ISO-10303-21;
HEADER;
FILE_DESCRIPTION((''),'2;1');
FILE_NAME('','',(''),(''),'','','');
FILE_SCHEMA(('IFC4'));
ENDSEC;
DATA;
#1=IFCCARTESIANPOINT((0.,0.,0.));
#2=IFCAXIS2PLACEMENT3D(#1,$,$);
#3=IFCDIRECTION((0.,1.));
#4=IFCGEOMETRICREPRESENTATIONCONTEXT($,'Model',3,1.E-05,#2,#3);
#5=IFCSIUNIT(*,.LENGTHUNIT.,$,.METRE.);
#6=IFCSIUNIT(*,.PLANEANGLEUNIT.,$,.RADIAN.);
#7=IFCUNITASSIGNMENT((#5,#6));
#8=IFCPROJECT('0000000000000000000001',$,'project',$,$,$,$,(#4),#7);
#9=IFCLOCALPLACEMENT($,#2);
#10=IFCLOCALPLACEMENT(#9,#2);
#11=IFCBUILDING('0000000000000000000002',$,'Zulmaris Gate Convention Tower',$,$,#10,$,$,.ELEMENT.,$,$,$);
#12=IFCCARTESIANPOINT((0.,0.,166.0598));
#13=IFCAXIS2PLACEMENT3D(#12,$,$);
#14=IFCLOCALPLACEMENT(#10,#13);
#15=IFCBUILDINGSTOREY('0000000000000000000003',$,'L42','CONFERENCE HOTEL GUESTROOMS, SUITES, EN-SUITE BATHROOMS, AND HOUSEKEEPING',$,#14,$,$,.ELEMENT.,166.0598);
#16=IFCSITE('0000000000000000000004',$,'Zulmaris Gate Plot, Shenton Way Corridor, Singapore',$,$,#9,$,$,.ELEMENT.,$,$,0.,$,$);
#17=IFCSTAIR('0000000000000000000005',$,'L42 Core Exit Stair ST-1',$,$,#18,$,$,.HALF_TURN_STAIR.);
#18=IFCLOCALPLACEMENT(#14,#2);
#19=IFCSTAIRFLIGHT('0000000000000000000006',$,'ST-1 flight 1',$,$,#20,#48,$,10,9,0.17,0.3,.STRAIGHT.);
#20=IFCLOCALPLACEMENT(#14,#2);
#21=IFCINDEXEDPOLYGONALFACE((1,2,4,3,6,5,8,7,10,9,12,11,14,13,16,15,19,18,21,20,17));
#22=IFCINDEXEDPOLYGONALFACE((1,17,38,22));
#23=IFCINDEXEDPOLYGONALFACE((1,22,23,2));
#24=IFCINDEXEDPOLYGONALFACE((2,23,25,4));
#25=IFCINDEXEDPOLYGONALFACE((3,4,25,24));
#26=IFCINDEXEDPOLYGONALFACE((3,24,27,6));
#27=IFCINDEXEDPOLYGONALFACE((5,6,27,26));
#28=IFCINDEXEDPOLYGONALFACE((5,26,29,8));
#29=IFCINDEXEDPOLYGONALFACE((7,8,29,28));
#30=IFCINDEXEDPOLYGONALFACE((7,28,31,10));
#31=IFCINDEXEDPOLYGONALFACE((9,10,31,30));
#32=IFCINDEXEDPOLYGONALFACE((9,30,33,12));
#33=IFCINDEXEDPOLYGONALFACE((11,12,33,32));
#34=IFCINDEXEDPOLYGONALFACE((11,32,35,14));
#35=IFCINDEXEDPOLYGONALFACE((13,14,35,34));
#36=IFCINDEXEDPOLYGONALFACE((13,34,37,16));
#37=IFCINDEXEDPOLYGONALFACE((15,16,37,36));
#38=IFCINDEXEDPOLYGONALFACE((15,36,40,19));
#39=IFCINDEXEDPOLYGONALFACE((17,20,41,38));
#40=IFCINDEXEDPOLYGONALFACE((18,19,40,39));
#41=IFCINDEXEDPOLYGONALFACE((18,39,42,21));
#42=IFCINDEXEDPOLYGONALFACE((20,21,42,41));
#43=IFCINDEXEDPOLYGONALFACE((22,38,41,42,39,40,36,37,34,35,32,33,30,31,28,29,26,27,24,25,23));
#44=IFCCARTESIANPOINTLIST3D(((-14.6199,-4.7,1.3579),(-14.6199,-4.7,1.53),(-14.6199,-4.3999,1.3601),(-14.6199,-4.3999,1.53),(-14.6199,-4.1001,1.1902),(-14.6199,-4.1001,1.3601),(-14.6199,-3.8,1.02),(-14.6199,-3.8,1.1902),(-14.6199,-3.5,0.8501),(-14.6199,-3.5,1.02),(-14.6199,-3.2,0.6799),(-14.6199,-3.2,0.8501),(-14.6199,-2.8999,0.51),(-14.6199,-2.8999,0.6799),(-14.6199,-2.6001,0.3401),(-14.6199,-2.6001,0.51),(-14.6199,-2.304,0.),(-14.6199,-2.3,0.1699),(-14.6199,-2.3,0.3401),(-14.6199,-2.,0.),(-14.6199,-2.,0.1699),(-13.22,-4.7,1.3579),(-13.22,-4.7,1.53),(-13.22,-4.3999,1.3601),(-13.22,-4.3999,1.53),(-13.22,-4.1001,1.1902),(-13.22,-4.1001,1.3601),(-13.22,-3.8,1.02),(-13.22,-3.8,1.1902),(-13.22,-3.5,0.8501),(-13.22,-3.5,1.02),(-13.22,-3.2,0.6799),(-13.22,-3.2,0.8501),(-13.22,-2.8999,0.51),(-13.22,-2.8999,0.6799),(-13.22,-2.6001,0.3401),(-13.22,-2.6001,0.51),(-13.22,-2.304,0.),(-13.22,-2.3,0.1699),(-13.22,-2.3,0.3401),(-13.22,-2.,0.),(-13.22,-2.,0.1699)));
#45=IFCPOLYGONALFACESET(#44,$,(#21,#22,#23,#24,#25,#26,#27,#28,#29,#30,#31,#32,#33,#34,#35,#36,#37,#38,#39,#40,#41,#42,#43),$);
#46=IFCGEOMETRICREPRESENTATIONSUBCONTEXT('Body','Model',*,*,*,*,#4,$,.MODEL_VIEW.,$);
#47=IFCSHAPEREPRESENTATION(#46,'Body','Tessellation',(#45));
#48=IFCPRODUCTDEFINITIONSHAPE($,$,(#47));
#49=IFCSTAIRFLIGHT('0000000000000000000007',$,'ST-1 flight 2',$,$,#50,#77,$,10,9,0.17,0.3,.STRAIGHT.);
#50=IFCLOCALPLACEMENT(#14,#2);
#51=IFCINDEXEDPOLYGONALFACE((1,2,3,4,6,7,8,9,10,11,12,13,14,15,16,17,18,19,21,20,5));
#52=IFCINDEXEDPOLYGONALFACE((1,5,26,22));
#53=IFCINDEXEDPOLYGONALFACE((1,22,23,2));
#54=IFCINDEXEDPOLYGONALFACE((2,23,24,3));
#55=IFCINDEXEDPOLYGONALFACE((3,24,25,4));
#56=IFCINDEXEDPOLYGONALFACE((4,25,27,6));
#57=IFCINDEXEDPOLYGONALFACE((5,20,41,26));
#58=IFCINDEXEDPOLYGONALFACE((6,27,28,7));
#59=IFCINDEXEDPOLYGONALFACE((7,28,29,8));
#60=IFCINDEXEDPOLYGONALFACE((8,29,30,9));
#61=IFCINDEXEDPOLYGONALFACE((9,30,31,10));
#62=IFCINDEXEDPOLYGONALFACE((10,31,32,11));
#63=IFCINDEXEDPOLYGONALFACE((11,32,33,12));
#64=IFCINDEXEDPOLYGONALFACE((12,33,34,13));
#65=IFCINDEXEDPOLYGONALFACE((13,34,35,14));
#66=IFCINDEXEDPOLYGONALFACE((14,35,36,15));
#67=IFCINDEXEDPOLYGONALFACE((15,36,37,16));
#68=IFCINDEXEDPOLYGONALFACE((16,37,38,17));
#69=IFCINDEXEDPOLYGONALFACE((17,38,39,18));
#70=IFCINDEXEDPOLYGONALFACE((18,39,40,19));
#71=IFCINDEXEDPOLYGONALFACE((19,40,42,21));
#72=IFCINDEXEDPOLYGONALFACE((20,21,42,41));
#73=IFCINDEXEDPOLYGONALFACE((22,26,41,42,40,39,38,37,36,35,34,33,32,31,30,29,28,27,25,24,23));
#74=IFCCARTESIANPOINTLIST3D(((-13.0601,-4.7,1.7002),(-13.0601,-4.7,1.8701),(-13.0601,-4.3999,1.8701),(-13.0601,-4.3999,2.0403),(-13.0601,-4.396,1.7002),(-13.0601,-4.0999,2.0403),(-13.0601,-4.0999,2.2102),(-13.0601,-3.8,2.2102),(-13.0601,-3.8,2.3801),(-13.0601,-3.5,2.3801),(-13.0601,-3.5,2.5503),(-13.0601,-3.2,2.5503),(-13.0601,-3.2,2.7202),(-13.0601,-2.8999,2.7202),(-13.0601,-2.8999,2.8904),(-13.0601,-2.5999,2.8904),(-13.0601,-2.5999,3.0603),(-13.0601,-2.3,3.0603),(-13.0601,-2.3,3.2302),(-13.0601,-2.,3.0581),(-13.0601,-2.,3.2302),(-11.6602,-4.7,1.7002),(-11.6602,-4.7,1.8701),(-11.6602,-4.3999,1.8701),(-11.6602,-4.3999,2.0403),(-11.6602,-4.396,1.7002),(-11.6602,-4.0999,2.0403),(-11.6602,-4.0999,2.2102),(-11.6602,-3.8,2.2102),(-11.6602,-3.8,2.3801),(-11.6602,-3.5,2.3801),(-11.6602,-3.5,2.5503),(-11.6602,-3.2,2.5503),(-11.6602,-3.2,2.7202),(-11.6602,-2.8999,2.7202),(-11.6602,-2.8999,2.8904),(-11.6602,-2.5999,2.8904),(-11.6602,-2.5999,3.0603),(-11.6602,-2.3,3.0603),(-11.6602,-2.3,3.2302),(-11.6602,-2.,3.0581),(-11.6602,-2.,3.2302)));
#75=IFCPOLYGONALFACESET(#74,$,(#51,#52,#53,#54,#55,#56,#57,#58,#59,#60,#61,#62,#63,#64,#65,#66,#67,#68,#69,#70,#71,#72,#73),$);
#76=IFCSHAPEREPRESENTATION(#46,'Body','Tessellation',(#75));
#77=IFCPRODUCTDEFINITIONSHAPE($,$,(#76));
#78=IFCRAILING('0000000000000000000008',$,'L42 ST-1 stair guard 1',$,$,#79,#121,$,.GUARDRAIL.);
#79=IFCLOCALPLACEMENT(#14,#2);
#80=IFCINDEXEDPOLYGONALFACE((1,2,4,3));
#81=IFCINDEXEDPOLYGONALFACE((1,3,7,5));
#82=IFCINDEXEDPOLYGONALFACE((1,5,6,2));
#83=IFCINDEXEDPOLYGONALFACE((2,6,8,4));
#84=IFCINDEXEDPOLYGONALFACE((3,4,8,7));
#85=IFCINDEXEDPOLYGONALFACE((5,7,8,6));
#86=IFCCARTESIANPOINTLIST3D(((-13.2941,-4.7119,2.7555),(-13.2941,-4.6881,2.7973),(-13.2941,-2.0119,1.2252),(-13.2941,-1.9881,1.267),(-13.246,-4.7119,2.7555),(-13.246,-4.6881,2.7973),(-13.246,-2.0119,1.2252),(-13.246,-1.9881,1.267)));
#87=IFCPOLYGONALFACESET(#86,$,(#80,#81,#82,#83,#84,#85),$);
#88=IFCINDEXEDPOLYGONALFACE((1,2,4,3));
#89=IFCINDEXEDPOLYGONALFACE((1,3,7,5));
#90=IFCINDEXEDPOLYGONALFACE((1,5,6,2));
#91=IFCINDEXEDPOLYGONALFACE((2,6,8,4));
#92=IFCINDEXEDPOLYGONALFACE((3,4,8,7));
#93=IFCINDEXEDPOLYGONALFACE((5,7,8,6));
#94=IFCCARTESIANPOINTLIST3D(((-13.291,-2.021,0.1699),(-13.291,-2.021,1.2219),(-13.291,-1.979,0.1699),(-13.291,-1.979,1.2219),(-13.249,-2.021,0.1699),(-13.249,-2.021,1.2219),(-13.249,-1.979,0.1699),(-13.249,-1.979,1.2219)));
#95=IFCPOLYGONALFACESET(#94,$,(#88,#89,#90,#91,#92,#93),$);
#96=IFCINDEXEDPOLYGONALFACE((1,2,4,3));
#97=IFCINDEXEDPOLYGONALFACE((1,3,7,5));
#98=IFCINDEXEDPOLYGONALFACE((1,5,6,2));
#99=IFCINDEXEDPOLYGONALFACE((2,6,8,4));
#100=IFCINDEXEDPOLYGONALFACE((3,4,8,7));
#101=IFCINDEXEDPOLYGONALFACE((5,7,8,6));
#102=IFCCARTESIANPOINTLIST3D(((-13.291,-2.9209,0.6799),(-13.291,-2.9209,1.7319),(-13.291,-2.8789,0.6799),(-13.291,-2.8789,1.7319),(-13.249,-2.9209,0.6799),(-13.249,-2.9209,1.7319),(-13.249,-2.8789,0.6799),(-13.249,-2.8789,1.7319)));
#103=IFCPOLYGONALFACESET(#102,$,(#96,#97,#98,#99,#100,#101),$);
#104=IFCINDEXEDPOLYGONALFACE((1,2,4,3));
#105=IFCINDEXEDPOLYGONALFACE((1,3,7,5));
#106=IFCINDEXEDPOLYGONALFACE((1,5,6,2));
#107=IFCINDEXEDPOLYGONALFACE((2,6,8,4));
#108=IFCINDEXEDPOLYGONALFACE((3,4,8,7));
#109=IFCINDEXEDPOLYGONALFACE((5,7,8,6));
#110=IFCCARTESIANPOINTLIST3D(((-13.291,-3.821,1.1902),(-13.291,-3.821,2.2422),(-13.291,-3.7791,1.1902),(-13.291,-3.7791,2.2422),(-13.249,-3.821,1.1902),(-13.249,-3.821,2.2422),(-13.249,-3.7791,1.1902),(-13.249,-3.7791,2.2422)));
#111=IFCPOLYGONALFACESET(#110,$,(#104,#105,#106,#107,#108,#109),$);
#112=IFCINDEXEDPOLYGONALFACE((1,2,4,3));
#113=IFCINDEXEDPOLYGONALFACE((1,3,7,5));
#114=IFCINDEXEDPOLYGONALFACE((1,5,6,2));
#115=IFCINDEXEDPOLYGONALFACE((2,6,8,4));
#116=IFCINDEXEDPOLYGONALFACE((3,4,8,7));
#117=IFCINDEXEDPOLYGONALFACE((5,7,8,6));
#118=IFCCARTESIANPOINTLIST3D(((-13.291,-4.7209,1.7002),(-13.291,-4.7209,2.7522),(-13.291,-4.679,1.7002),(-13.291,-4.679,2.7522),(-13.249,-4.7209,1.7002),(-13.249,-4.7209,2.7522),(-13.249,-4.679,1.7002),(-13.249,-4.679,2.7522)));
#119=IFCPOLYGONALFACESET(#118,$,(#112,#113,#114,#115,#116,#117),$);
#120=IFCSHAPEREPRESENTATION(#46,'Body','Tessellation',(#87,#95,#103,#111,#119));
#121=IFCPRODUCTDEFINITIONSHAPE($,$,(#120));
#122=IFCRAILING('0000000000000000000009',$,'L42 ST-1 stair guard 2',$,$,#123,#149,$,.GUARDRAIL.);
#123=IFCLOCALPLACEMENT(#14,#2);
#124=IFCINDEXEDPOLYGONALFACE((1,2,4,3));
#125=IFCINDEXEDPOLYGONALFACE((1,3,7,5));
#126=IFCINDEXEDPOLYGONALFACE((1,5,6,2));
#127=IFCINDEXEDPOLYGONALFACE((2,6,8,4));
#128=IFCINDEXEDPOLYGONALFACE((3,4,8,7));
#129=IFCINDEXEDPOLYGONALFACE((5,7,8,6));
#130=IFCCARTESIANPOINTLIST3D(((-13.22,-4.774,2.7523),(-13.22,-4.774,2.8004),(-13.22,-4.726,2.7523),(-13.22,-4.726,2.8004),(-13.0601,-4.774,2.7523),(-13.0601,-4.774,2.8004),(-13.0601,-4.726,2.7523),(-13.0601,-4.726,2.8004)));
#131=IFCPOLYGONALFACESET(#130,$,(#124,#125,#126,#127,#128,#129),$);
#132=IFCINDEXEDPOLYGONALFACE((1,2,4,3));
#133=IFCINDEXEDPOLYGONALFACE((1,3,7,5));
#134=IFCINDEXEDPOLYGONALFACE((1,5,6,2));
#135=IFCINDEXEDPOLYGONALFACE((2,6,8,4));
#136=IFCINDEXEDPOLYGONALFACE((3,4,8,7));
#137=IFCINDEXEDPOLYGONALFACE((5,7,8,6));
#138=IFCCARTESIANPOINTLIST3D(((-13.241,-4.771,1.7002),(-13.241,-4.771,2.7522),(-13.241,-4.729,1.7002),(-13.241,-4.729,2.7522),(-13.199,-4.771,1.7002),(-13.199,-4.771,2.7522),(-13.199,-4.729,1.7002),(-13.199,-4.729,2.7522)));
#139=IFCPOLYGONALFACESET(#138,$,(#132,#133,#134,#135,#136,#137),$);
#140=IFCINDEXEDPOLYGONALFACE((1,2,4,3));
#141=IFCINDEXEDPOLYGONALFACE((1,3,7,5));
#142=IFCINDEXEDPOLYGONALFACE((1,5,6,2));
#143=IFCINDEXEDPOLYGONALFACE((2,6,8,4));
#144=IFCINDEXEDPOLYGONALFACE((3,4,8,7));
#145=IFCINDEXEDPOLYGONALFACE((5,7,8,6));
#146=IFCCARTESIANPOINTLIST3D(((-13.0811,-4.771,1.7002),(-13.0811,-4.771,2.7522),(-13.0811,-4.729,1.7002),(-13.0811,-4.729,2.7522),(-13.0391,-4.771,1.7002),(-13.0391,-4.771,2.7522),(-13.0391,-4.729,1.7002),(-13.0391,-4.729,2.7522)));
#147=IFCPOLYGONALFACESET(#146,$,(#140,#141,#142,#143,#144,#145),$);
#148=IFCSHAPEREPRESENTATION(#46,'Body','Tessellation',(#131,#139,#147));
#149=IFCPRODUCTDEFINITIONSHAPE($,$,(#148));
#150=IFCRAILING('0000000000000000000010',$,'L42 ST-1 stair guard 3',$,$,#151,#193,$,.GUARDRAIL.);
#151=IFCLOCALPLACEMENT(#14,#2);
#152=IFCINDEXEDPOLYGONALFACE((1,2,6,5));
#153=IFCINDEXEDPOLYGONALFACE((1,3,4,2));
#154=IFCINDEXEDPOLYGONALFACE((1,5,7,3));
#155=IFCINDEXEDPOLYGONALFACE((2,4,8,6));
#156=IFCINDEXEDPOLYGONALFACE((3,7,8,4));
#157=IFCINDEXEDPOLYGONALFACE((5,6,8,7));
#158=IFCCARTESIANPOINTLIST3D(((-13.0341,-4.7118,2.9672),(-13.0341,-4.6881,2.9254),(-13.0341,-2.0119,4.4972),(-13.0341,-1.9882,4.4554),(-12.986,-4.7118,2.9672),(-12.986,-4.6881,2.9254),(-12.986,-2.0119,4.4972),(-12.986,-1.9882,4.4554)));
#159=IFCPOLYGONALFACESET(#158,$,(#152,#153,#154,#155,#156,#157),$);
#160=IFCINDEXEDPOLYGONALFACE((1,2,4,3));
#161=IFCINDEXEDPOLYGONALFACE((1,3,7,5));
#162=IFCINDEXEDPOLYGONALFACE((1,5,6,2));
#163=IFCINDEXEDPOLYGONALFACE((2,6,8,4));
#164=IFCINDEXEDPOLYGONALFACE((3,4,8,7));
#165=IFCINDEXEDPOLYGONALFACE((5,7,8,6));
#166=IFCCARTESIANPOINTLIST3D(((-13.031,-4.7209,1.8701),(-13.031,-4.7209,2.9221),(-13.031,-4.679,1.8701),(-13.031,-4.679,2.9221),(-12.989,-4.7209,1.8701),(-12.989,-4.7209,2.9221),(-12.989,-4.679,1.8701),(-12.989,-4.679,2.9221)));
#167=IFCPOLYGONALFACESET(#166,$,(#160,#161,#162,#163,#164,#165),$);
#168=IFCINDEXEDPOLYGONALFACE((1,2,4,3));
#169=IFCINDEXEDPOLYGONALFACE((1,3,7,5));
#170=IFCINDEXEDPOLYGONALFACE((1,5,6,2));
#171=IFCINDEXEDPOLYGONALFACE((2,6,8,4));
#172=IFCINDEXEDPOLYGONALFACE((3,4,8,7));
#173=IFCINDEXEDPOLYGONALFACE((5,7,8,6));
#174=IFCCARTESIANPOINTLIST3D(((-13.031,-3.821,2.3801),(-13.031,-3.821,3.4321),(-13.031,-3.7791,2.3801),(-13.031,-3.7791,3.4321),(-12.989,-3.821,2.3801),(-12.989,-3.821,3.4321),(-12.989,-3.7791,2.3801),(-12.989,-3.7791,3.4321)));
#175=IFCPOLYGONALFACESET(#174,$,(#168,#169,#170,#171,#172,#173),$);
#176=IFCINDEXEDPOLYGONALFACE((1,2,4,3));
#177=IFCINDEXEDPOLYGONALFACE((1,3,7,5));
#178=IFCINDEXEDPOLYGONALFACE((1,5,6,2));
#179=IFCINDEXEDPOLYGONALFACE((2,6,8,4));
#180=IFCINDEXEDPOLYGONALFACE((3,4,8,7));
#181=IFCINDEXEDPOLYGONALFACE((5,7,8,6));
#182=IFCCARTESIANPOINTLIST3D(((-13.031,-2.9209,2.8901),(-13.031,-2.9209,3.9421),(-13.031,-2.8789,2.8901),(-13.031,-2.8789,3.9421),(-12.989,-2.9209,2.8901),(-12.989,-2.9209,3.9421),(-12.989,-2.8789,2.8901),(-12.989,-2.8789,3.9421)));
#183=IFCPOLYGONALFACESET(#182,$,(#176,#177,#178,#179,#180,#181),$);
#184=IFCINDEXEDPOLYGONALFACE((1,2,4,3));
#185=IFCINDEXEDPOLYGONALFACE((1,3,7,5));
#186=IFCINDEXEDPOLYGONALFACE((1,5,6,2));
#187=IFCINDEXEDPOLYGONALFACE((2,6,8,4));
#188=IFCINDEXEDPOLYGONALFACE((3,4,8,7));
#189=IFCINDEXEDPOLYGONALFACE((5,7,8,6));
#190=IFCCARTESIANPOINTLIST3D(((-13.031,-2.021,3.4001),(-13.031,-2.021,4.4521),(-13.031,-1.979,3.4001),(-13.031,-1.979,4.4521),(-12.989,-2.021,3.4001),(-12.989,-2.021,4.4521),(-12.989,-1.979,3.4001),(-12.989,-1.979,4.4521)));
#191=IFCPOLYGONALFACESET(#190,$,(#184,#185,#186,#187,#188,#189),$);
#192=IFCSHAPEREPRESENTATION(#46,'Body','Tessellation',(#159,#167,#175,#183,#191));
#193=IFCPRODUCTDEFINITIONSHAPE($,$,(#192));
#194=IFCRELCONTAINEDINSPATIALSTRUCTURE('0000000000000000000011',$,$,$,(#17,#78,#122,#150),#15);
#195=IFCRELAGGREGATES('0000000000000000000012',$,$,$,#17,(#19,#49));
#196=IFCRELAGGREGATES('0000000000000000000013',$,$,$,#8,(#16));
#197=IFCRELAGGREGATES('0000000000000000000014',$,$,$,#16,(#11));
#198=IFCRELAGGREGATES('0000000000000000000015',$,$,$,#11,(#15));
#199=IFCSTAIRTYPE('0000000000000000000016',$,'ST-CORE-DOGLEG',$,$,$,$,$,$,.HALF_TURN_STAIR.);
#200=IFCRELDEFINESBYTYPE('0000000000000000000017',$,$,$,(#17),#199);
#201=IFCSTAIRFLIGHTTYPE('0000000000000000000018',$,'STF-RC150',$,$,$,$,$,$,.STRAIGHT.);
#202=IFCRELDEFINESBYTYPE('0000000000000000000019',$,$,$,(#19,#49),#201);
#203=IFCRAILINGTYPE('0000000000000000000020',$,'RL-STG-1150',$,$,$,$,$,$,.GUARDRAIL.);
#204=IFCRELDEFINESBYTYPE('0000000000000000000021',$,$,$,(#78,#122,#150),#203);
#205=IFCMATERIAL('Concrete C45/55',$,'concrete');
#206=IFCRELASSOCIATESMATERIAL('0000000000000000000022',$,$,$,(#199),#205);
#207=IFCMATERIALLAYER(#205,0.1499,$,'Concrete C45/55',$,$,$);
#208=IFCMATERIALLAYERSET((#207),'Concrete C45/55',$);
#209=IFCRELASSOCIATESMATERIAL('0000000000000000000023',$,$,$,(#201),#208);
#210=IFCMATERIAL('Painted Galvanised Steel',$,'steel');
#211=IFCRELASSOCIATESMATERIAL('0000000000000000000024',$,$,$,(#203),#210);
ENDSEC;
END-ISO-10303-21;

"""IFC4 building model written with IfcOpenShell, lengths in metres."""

from ifc_helpers import new_model, si_unit, direction, frame, origin, origin_2d, place, context, subcontext, project, spatial, polyline, rectangle, outline, extrude, material, layer, layer_set, type_object, element, aggregate, save


model = new_model("IFC4")

# Units and contexts
model_context = context("Model", 3, precision=1e-05, world=origin(), true_north=direction((0.0, 1.0)))
body_context = subcontext(model_context, "Body", "Model", "MODEL_VIEW")
ifc_project = project(units=[si_unit("LENGTHUNIT", "METRE"), si_unit("PLANEANGLEUNIT", "RADIAN")], contexts=[model_context])

# Site, building, storey
site_placement = place(None, origin())
site = spatial("IfcSite", under=ifc_project, at=site_placement, Name="Zulmaris Gate Plot, Shenton Way Corridor, Singapore", CompositionType="ELEMENT", RefElevation=0.0)
building_placement = place(site_placement, origin())
building = spatial("IfcBuilding", under=site, at=building_placement, Name="Zulmaris Gate Convention Tower", CompositionType="ELEMENT")
storey_placement = place(building_placement, frame((0.0, 0.0, 166.0598)))
storey = spatial("IfcBuildingStorey", under=building, at=storey_placement, Name="L42", Description="CONFERENCE HOTEL GUESTROOMS, SUITES, EN-SUITE BATHROOMS, AND HOUSEKEEPING", CompositionType="ELEMENT", Elevation=166.0598)

# Stair, stair flights
ifc_material_1 = material(Name="Concrete C45/55", Category="concrete")
stair_type = type_object("IfcStairType", Name="ST-CORE-DOGLEG", PredefinedType="HALF_TURN_STAIR", material=ifc_material_1)
stair_placement = place(storey_placement, origin())
stair = element("IfcStair", 1, at=stair_placement, inside=storey, type_object=stair_type, Name="L42 Core Exit Stair ST-1", PredefinedType="HALF_TURN_STAIR")
ifc_layer_1 = layer(ifc_material_1, 0.1499, Name="Concrete C45/55")
ifc_layer_set_1 = layer_set([ifc_layer_1], Name="Concrete C45/55")
stair_flight_type = type_object("IfcStairFlightType", Name="STF-RC150", PredefinedType="STRAIGHT", material=ifc_layer_set_1)
stair_flight_1_placement = place(storey_placement, frame((-13.9199, -2.0, 0.0), z_axis=(0.0, 0.0, 1.0), x_axis=(0.0, -1.0, 0.0)))
stair_flight_1 = element("IfcStairFlight", 2, at=stair_flight_1_placement, type_object=stair_flight_type, Name="ST-1 flight 1", NumberOfRisers=10, NumberOfTreads=9, PredefinedType="STRAIGHT", RiserHeight=0.17, TreadLength=0.3, context=body_context, shape_type="SweptSolid", body=[
    extrude(outline(polyline([(0.0, 0.0), (0.0, 0.1699), (0.3, 0.1699), (0.3, 0.3401), (0.6001, 0.3401), (0.6001, 0.51), (0.8999, 0.51), (0.8999, 0.6799), (1.2, 0.6799), (1.2, 0.8501), (1.5, 0.8501), (1.5, 1.02), (1.8, 1.02), (1.8, 1.1902), (2.1001, 1.1902), (2.1001, 1.3601), (2.3999, 1.3601), (2.3999, 1.53), (2.7, 1.53), (2.7, 1.7002), (2.7, 1.3579), (0.304, 0.0), (0.0, 0.0)])), frame((0.0, 0.7, 0.0), z_axis=(0.0, -1.0, 0.0), x_axis=(1.0, 0.0, 0.0)), (0.0, 0.0, 1.0), 1.3999),
])
stair_flight_2_placement = place(storey_placement, frame((-12.3601, -4.7, 1.7002), z_axis=(0.0, 0.0, 1.0), x_axis=(0.0, 1.0, 0.0)))
stair_flight_2 = element("IfcStairFlight", 3, at=stair_flight_2_placement, type_object=stair_flight_type, Name="ST-1 flight 2", NumberOfRisers=10, NumberOfTreads=9, PredefinedType="STRAIGHT", RiserHeight=0.17, TreadLength=0.3, context=body_context, shape_type="SweptSolid", body=[
    extrude(outline(polyline([(0.0, 0.0), (0.0, 0.1699), (0.3, 0.1699), (0.3, 0.3401), (0.6001, 0.3401), (0.6001, 0.51), (0.8999, 0.51), (0.8999, 0.6799), (1.2, 0.6799), (1.2, 0.8501), (1.5, 0.8501), (1.5, 1.02), (1.8, 1.02), (1.8, 1.1902), (2.1001, 1.1902), (2.1001, 1.3601), (2.3999, 1.3601), (2.3999, 1.53), (2.7, 1.53), (2.7, 1.7002), (2.7, 1.3579), (0.304, 0.0), (0.0, 0.0)])), frame((0.0, 0.7, 0.0), z_axis=(0.0, -1.0, 0.0), x_axis=(1.0, 0.0, 0.0)), (0.0, 0.0, 1.0), 1.3999),
])
aggregate(stair, [stair_flight_1, stair_flight_2])

# Railings
ifc_material_2 = material(Name="Painted Galvanised Steel", Category="steel")
railing_type_1 = type_object("IfcRailingType", Name="RL-STG-1150", PredefinedType="GUARDRAIL", material=ifc_material_2)
railing_1_placement = place(storey_placement, frame((-13.27, -2.0, 0.1699)))
element("IfcRailing", 4, at=railing_1_placement, inside=storey, type_object=railing_type_1, Name="L42 ST-1 stair guard 1", PredefinedType="GUARDRAIL", context=body_context, shape_type="SweptSolid", body=[
    extrude(rectangle(XDim=0.0481, YDim=0.0481, at=origin_2d()), frame((0.0, 0.0, 1.0762), z_axis=(0.0, -0.869981, 0.493086), x_axis=(1.0, 0.0, 0.0)), (0.0, 0.0, 1.0), 3.1035),
    extrude(rectangle(XDim=0.042, YDim=0.042, at=origin_2d()), origin(), (0.0, 0.0, 1.0), 1.052),
    extrude(rectangle(XDim=0.042, YDim=0.042, at=origin_2d()), frame((0.0, -0.8999, 0.51)), (0.0, 0.0, 1.0), 1.052),
    extrude(rectangle(XDim=0.042, YDim=0.042, at=origin_2d()), frame((0.0, -1.8, 1.0203)), (0.0, 0.0, 1.0), 1.052),
    extrude(rectangle(XDim=0.042, YDim=0.042, at=origin_2d()), frame((0.0, -2.7, 1.5303)), (0.0, 0.0, 1.0), 1.052),
])
railing_2_placement = place(storey_placement, frame((-13.22, -4.75, 1.7002)))
element("IfcRailing", 5, at=railing_2_placement, inside=storey, type_object=railing_type_1, Name="L42 ST-1 stair guard 2", PredefinedType="GUARDRAIL", context=body_context, shape_type="SweptSolid", body=[
    extrude(rectangle(XDim=0.0481, YDim=0.0481, at=origin_2d()), frame((0.0, 0.0, 1.0762), z_axis=(1.0, 0.0, 0.0), x_axis=(0.0, 1.0, 0.0)), (0.0, 0.0, 1.0), 0.1599),
    extrude(rectangle(XDim=0.042, YDim=0.042, at=origin_2d()), origin(), (0.0, 0.0, 1.0), 1.052),
    extrude(rectangle(XDim=0.042, YDim=0.042, at=origin_2d()), frame((0.1599, 0.0, 0.0)), (0.0, 0.0, 1.0), 1.052),
])
railing_3_placement = place(storey_placement, frame((-13.01, -4.7, 1.8701)))
element("IfcRailing", 6, at=railing_3_placement, inside=storey, type_object=railing_type_1, Name="L42 ST-1 stair guard 3", PredefinedType="GUARDRAIL", context=body_context, shape_type="SweptSolid", body=[
    extrude(rectangle(XDim=0.0481, YDim=0.0481, at=origin_2d()), frame((0.0, 0.0, 1.0762), z_axis=(0.0, 0.870014, 0.493026), x_axis=(-1.0, 0.0, 0.0)), (0.0, 0.0, 1.0), 3.1033),
    extrude(rectangle(XDim=0.042, YDim=0.042, at=origin_2d()), origin(), (0.0, 0.0, 1.0), 1.052),
    extrude(rectangle(XDim=0.042, YDim=0.042, at=origin_2d()), frame((0.0, 0.8999, 0.51)), (0.0, 0.0, 1.0), 1.052),
    extrude(rectangle(XDim=0.042, YDim=0.042, at=origin_2d()), frame((0.0, 1.8, 1.02)), (0.0, 0.0, 1.0), 1.052),
    extrude(rectangle(XDim=0.042, YDim=0.042, at=origin_2d()), frame((0.0, 2.7, 1.53)), (0.0, 0.0, 1.0), 1.052),
])

save(model, "model.ifc")
